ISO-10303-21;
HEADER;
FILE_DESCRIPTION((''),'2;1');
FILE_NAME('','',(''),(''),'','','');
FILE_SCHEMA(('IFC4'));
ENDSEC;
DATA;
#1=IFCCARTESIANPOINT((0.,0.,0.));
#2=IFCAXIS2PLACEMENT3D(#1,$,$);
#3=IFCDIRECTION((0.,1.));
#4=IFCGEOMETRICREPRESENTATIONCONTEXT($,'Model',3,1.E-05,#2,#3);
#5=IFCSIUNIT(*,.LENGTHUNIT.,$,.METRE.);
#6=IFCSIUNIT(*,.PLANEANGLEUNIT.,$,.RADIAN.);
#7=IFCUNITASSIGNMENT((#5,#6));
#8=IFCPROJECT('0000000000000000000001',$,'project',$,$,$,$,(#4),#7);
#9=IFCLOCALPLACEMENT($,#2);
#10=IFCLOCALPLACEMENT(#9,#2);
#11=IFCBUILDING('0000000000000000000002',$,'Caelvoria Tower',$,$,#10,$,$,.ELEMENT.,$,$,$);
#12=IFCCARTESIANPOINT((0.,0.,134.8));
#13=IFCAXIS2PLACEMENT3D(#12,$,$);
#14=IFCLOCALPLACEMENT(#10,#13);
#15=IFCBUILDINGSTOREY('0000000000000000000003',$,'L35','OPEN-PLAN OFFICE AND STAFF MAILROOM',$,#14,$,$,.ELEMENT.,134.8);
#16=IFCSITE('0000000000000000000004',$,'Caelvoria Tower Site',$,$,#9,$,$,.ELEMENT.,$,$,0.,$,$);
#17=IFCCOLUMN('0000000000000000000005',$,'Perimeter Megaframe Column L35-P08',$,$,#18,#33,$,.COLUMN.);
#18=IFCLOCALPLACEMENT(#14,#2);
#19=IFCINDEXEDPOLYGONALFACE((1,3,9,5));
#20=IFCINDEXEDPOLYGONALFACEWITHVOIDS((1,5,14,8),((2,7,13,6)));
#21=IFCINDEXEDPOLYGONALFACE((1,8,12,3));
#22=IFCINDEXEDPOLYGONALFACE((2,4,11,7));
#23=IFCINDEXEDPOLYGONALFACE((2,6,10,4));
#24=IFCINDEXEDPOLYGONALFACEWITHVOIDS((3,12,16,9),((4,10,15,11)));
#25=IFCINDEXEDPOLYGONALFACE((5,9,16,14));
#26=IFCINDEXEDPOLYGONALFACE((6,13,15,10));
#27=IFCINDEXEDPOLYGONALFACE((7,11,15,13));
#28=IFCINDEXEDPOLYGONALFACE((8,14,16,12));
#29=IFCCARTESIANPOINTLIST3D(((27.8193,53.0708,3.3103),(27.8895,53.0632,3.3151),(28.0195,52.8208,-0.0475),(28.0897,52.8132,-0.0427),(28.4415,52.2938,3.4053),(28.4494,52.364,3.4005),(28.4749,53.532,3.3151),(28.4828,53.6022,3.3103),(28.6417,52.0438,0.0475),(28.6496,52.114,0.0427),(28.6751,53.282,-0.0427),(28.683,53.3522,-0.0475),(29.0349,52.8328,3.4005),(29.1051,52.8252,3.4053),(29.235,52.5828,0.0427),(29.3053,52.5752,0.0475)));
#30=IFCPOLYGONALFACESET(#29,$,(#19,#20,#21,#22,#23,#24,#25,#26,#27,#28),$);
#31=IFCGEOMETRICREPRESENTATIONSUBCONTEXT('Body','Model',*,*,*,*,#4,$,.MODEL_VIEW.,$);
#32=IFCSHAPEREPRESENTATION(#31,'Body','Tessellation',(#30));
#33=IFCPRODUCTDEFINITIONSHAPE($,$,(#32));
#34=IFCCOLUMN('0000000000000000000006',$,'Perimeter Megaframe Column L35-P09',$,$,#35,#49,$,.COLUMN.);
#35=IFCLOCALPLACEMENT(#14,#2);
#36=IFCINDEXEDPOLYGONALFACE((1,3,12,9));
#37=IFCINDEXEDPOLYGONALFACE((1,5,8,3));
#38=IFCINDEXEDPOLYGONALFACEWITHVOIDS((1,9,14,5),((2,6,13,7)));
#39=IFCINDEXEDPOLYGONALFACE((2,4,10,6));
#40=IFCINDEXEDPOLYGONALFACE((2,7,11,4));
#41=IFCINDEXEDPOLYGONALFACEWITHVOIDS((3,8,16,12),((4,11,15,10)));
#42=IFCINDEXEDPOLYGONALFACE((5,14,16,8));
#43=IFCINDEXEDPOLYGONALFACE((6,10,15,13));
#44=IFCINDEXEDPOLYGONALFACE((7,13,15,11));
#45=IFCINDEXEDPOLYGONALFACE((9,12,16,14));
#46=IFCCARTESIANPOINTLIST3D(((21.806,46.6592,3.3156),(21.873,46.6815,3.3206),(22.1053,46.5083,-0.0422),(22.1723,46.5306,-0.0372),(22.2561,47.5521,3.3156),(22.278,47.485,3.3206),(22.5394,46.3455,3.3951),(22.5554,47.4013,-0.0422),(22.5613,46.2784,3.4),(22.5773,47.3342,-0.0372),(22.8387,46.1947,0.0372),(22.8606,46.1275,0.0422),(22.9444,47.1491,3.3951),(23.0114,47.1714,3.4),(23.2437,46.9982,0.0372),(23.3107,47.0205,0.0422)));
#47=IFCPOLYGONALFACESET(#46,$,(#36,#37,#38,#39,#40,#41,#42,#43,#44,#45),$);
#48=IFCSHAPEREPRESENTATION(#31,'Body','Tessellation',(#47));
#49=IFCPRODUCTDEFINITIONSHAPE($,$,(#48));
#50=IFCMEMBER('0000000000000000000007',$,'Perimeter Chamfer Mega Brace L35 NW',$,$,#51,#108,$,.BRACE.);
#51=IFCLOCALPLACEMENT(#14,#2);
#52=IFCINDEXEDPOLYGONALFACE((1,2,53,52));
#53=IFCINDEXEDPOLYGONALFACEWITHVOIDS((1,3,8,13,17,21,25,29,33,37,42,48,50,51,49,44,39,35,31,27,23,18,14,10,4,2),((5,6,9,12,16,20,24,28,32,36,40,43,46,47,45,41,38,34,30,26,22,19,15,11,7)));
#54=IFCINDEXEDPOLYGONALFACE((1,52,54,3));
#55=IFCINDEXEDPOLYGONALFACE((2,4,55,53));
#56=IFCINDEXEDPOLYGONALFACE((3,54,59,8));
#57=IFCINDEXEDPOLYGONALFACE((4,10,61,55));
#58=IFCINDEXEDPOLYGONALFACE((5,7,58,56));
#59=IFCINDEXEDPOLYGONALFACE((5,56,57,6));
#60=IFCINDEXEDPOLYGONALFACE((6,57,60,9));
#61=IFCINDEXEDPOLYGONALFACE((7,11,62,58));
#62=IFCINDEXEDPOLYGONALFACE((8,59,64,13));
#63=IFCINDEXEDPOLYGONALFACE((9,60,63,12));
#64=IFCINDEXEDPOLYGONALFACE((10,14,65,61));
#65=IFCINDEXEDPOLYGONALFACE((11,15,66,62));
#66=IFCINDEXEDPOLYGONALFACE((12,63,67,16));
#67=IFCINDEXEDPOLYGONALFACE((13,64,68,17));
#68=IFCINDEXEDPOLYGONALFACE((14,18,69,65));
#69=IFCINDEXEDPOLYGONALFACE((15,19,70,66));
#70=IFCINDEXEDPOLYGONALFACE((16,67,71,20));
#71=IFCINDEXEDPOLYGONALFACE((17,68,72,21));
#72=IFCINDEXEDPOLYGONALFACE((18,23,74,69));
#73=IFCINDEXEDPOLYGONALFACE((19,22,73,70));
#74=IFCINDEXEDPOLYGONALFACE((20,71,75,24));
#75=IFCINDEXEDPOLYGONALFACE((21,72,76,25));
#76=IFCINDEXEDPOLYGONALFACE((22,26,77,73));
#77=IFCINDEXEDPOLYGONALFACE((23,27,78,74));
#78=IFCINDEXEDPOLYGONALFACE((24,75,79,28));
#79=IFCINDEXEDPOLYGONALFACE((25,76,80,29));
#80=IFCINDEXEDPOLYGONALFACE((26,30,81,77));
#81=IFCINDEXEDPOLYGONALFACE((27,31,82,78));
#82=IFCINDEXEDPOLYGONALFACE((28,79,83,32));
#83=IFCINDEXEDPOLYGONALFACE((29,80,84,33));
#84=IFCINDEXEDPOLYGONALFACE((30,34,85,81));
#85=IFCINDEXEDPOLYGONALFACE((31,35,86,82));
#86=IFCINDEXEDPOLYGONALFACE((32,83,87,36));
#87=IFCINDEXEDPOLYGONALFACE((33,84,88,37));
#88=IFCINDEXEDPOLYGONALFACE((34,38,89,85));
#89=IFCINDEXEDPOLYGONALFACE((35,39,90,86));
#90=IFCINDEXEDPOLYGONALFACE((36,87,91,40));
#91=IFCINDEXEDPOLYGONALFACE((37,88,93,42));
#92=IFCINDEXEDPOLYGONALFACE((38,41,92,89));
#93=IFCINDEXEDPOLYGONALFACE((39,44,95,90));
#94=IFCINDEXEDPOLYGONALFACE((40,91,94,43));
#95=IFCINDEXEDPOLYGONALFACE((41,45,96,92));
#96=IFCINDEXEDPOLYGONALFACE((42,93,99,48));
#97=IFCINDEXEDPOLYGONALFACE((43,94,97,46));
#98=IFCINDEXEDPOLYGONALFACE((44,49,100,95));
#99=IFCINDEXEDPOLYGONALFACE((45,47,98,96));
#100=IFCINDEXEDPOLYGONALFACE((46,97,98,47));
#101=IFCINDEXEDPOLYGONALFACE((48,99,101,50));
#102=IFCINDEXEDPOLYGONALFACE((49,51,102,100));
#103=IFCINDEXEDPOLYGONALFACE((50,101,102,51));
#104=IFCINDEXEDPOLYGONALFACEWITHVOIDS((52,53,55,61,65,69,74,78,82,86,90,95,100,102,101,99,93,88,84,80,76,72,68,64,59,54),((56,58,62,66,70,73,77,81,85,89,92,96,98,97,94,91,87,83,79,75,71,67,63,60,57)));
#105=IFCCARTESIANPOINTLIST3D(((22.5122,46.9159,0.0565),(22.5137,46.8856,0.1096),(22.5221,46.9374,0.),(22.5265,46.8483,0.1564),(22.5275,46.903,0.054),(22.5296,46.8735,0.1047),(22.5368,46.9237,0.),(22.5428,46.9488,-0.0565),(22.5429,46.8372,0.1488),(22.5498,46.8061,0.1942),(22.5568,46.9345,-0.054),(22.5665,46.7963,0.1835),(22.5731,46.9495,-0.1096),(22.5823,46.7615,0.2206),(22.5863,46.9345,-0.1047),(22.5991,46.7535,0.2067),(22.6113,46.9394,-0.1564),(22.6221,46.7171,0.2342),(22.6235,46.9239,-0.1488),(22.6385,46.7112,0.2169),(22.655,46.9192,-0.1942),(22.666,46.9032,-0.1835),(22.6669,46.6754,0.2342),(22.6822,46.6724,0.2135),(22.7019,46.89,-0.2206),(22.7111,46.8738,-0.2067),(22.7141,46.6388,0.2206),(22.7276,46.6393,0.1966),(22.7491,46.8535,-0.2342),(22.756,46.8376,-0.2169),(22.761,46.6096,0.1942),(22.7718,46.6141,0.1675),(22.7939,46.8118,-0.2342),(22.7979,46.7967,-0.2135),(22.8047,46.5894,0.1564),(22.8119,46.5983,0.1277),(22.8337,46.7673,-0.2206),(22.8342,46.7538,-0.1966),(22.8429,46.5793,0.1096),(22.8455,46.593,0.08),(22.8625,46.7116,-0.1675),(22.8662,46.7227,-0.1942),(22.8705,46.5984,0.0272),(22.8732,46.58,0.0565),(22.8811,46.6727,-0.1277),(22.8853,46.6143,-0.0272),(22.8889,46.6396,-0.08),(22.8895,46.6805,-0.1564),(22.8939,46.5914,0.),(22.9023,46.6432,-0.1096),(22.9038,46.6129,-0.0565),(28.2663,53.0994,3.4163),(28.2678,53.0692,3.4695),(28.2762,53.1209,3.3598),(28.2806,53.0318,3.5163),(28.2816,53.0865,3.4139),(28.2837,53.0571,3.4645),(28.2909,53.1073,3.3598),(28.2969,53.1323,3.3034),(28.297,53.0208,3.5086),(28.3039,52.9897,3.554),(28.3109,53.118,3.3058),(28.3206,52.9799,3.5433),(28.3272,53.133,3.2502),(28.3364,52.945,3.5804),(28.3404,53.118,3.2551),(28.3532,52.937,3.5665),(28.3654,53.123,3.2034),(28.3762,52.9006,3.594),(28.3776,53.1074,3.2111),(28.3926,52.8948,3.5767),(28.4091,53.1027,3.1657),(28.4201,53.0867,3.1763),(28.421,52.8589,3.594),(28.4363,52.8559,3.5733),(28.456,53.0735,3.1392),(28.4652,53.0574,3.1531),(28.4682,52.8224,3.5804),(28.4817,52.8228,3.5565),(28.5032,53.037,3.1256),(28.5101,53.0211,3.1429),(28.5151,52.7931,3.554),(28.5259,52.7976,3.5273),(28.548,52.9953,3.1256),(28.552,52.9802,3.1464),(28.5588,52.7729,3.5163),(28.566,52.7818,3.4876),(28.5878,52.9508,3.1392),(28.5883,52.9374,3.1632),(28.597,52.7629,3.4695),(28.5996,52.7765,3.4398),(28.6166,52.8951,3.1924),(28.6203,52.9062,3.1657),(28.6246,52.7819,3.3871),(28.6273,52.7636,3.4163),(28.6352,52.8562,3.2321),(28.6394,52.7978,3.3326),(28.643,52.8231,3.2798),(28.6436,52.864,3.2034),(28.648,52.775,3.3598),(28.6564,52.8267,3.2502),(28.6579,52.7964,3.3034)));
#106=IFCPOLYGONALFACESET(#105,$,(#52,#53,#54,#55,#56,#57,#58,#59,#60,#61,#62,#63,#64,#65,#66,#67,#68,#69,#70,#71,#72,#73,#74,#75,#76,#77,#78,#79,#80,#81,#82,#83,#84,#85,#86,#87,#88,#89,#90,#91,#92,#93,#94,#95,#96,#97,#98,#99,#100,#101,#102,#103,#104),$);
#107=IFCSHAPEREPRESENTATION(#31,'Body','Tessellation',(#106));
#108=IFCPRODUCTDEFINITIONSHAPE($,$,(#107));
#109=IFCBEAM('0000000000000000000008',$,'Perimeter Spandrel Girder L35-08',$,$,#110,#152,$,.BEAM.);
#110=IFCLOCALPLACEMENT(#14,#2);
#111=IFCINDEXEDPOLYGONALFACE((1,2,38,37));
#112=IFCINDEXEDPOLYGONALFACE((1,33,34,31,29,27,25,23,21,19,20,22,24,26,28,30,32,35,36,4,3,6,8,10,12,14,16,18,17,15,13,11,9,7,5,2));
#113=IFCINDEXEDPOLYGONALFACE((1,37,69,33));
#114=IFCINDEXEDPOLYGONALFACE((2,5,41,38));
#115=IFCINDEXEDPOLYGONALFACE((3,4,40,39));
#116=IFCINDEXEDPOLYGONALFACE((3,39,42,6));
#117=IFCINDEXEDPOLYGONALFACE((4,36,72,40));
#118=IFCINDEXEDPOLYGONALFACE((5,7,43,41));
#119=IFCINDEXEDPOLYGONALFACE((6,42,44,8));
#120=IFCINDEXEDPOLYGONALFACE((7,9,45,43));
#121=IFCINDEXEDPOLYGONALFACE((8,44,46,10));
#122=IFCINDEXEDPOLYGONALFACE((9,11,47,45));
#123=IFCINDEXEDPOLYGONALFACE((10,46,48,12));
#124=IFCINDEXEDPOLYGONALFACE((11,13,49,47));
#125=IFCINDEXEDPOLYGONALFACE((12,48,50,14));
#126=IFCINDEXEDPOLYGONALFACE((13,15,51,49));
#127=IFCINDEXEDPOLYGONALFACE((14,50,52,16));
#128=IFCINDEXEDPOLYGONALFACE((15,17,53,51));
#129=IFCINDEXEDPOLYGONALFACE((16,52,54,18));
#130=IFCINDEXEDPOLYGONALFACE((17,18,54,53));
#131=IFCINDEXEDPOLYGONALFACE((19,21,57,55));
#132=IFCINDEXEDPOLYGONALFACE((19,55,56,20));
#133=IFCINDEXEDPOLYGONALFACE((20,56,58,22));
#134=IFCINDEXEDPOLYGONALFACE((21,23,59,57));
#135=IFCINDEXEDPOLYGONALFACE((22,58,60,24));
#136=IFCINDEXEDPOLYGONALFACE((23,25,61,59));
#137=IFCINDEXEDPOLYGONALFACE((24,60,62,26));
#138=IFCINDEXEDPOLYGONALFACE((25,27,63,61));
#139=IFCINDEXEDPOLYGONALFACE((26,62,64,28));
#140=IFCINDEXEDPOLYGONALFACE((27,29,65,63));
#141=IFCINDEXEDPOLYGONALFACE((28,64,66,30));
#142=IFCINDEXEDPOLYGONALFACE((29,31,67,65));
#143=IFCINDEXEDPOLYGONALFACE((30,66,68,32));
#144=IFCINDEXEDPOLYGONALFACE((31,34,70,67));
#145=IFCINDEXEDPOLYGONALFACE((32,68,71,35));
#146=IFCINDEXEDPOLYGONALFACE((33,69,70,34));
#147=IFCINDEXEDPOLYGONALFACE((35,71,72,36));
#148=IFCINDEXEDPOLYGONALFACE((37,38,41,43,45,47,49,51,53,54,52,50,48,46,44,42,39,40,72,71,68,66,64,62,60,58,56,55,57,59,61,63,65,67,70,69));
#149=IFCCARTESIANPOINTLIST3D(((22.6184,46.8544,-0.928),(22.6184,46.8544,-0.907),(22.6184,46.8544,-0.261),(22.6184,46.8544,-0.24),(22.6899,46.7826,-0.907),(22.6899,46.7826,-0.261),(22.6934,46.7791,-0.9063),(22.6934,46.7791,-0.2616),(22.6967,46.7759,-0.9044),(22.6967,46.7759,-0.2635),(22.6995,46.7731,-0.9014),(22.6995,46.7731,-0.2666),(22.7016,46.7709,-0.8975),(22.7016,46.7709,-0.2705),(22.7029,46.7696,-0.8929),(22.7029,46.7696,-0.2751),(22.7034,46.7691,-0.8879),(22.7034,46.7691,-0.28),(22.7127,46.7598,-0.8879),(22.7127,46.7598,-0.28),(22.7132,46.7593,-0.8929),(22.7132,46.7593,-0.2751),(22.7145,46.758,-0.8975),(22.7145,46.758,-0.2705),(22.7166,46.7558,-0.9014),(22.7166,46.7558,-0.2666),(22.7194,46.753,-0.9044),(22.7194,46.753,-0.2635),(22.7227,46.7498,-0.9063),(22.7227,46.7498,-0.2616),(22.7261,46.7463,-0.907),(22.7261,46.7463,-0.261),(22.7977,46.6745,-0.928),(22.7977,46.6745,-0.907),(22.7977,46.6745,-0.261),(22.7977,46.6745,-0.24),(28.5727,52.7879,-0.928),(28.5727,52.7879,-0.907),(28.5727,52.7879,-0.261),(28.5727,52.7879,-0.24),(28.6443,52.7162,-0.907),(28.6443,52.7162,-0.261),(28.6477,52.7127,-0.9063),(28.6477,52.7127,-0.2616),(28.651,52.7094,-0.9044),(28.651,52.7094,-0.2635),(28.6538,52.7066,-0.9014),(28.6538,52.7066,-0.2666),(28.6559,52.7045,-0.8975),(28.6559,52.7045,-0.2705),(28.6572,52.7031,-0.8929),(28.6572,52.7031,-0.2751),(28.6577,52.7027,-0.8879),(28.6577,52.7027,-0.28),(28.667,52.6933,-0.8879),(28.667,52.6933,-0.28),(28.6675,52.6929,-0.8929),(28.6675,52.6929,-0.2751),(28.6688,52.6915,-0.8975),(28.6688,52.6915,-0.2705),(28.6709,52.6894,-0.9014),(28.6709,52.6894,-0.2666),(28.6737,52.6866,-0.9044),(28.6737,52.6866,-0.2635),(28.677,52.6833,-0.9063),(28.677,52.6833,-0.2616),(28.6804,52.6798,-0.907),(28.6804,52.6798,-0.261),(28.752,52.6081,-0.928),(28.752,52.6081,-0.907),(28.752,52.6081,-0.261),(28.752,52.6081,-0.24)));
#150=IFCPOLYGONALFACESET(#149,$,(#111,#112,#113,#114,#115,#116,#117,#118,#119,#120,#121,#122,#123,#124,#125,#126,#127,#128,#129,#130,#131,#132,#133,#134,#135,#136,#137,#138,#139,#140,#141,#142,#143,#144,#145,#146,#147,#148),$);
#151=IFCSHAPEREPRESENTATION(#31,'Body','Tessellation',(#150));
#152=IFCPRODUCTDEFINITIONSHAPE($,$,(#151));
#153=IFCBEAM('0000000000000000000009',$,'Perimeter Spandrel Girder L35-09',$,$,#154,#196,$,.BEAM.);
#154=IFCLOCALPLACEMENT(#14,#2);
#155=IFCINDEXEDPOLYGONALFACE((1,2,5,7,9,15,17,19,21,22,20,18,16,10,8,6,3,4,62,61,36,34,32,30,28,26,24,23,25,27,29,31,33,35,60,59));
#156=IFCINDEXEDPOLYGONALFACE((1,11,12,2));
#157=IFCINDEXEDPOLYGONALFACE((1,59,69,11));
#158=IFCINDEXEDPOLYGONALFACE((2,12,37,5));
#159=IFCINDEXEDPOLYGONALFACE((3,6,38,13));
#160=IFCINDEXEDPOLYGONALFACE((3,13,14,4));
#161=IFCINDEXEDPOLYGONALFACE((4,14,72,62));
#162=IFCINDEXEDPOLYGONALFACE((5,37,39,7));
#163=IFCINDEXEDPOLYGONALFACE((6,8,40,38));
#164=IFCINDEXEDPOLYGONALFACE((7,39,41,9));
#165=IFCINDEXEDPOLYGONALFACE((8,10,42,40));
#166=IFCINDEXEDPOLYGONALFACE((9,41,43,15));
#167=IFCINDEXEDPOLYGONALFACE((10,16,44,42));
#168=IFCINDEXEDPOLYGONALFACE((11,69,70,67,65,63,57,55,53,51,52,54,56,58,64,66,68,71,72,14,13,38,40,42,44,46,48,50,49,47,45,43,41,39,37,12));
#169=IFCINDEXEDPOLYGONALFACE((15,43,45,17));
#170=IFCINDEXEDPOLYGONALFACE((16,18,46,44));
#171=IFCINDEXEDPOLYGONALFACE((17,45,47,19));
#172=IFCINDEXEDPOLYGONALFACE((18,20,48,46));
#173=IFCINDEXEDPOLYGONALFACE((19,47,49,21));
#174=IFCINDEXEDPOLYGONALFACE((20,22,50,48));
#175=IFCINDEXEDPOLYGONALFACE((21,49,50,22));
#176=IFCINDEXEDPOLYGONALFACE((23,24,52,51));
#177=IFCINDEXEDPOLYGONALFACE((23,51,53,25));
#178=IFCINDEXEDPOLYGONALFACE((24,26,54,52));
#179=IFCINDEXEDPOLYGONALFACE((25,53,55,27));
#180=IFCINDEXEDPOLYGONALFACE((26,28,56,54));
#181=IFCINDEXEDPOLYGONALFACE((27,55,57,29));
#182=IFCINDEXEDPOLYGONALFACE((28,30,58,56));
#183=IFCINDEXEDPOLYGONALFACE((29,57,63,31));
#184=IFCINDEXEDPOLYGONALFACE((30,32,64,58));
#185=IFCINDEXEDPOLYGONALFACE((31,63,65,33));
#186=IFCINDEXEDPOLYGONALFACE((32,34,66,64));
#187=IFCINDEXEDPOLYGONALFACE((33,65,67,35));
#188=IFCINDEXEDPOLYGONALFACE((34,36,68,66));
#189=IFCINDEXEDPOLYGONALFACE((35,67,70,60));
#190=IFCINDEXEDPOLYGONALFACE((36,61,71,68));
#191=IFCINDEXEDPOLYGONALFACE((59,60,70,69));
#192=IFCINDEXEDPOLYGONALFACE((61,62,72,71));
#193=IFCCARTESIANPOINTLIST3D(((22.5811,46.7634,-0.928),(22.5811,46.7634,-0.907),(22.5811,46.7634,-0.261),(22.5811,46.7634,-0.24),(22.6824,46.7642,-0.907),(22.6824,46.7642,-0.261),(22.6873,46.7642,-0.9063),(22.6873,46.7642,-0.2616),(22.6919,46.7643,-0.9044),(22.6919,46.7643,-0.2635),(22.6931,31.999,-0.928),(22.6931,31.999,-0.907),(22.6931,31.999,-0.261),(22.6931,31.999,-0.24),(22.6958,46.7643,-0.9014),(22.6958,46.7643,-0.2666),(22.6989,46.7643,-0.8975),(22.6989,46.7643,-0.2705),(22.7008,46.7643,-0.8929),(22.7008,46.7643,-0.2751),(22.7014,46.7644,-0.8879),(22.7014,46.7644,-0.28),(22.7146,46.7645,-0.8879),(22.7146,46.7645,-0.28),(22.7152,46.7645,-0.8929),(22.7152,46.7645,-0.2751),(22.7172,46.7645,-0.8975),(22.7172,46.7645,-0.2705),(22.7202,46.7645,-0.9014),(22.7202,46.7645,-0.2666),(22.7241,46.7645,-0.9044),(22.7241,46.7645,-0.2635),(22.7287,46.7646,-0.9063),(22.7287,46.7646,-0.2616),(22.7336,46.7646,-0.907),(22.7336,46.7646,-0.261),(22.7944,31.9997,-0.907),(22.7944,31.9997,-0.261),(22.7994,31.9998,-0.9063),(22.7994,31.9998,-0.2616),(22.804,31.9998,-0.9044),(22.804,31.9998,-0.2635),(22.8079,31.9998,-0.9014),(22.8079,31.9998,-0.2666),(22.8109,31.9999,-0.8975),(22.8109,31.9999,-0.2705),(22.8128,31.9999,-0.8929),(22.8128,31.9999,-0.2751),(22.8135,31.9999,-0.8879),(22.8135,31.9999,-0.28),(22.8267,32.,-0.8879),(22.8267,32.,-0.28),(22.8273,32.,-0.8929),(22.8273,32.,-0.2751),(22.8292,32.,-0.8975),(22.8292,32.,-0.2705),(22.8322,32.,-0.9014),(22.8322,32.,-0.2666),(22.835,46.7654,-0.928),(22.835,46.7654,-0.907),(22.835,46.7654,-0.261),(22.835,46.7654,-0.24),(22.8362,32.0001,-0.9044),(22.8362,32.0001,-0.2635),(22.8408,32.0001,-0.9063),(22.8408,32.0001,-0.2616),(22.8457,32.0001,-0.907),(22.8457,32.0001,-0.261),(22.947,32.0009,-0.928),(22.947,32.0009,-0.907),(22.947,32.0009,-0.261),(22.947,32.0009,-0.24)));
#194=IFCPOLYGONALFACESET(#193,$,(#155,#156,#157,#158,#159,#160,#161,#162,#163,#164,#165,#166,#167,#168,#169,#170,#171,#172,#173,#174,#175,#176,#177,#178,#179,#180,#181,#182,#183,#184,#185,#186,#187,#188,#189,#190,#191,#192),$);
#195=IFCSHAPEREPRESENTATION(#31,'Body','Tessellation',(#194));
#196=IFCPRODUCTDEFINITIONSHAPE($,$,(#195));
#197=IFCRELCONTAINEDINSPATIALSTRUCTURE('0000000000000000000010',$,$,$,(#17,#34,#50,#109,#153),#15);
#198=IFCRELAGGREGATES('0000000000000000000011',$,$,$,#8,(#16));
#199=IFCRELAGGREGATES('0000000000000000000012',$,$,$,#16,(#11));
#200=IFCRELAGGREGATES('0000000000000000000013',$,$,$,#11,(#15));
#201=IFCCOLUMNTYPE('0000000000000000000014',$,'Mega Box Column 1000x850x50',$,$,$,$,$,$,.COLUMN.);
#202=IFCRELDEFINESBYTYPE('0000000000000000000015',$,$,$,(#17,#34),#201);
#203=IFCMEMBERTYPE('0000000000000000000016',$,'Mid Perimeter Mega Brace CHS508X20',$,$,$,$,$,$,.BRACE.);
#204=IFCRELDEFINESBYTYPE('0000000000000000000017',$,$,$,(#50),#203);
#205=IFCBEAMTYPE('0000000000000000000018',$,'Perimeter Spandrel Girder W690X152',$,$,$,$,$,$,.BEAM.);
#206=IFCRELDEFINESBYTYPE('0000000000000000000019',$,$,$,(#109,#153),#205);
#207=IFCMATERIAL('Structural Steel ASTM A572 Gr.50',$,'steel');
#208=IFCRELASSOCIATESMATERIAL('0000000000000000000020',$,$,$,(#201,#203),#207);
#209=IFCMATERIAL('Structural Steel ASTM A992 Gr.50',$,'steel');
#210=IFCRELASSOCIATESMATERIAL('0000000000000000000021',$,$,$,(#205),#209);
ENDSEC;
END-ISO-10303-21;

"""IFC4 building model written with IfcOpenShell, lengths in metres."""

from ifc_helpers import new_model, si_unit, direction, frame, origin, origin_2d, place, context, subcontext, project, spatial, hollow_rectangle, hollow_circle, i_section, extrude, material, material_profile, profile_set, type_object, element, save


model = new_model("IFC4")

# Units and contexts
model_context = context("Model", 3, precision=1e-05, world=origin(), true_north=direction((0.0, 1.0)))
body_context = subcontext(model_context, "Body", "Model", "MODEL_VIEW")
ifc_project = project(units=[si_unit("LENGTHUNIT", "METRE"), si_unit("PLANEANGLEUNIT", "RADIAN")], contexts=[model_context])

# Site, building, storey
site_placement = place(None, origin())
site = spatial("IfcSite", under=ifc_project, at=site_placement, Name="Caelvoria Tower Site", CompositionType="ELEMENT", RefElevation=0.0)
building_placement = place(site_placement, origin())
building = spatial("IfcBuilding", under=site, at=building_placement, Name="Caelvoria Tower", CompositionType="ELEMENT")
storey_placement = place(building_placement, frame((0.0, 0.0, 134.8)))
storey = spatial("IfcBuildingStorey", under=building, at=storey_placement, Name="L35", Description="OPEN-PLAN OFFICE AND STAFF MAILROOM", CompositionType="ELEMENT", Elevation=134.8)

# Columns
ifc_material_1 = material(Name="Structural Steel ASTM A572 Gr.50", Category="steel")
ifc_material_profile_1 = material_profile(ifc_material_1, hollow_rectangle(XDim=0.8501, YDim=1.0, WallThickness=0.05, at=origin_2d()), Name="Structural Steel ASTM A572 Gr.50")
ifc_profile_set_1 = profile_set([ifc_material_profile_1], Name="BOX1000X850X50 - Structural Steel ASTM A572 Gr.50")
column_type = type_object("IfcColumnType", Name="Mega Box Column 1000x850x50", PredefinedType="COLUMN", material=ifc_profile_set_1)
column_1_placement = place(storey_placement, frame((28.6624, 52.698, 0.0), z_axis=(-0.05935, 0.074115, 0.995482), x_axis=(-0.780571, -0.625067, 0.0)))
element("IfcColumn", 1, at=column_1_placement, inside=storey, type_object=column_type, Name="Perimeter Megaframe Column L35-P08", PredefinedType="COLUMN", context=body_context, shape_type="SweptSolid", body=[
    extrude(hollow_rectangle(XDim=0.8501, YDim=1.0, WallThickness=0.05, at=origin_2d()), origin(), (0.0, 0.0, 1.0), 3.373),
])
column_2_placement = place(storey_placement, frame((22.708, 46.7644, 0.0), z_axis=(-0.088697, 0.04471, 0.995055), x_axis=(0.88855, -0.447899, 0.099328)))
element("IfcColumn", 2, at=column_2_placement, inside=storey, type_object=column_type, Name="Perimeter Megaframe Column L35-P09", PredefinedType="COLUMN", context=body_context, shape_type="SweptSolid", body=[
    extrude(hollow_rectangle(XDim=0.8501, YDim=1.0, WallThickness=0.05, at=origin_2d()), origin(), (0.0, 0.0, 1.0), 3.3745),
])

# Member
ifc_material_profile_2 = material_profile(ifc_material_1, hollow_circle(Radius=0.2539, WallThickness=0.02, at=origin_2d()), Name="Structural Steel ASTM A572 Gr.50")
ifc_profile_set_2 = profile_set([ifc_material_profile_2], Name="CHS508X20 - Structural Steel ASTM A572 Gr.50")
member_type = type_object("IfcMemberType", Name="Mid Perimeter Mega Brace CHS508X20", PredefinedType="BRACE", material=ifc_profile_set_2)
member_placement = place(storey_placement, frame((22.708, 46.7644, 0.0), z_axis=(0.632991, 0.680232, 0.369605), x_axis=(-0.73207, 0.681229, 0.0)))
element("IfcMember", 3, at=member_placement, inside=storey, type_object=member_type, Name="Perimeter Chamfer Mega Brace L35 NW", PredefinedType="BRACE", context=body_context, shape_type="SweptSolid", body=[
    extrude(hollow_circle(Radius=0.2539, WallThickness=0.02, at=origin_2d()), origin(), (0.0, 0.0, 1.0), 9.0903),
])

# Beams
ifc_material_2 = material(Name="Structural Steel ASTM A992 Gr.50", Category="steel")
ifc_material_profile_3 = material_profile(ifc_material_2, i_section(OverallWidth=0.2539, OverallDepth=0.688, WebThickness=0.0132, FlangeThickness=0.021, FilletRadius=0.019, at=origin_2d()), Name="Structural Steel ASTM A992 Gr.50")
ifc_profile_set_3 = profile_set([ifc_material_profile_3], Name="W690X152 - Structural Steel ASTM A992 Gr.50")
beam_type = type_object("IfcBeamType", Name="Perimeter Spandrel Girder W690X152", PredefinedType="BEAM", material=ifc_profile_set_3)
beam_1_placement = place(storey_placement, frame((28.6624, 52.698, -0.584), z_axis=(-0.70834, -0.705871, 0.0), x_axis=(0.705871, -0.70834, 0.0)))
element("IfcBeam", 4, at=beam_1_placement, inside=storey, type_object=beam_type, Name="Perimeter Spandrel Girder L35-08", PredefinedType="BEAM", context=body_context, shape_type="SweptSolid", body=[
    extrude(i_section(OverallWidth=0.2539, OverallDepth=0.688, WebThickness=0.0132, FlangeThickness=0.021, FilletRadius=0.019, at=origin_2d()), origin(), (0.0, 0.0, 1.0), 8.406),
])
beam_2_placement = place(storey_placement, frame((22.708, 46.7644, -0.584), z_axis=(0.00759, -0.999971, 0.0), x_axis=(0.999971, 0.00759, 0.0)))
element("IfcBeam", 5, at=beam_2_placement, inside=storey, type_object=beam_type, Name="Perimeter Spandrel Girder L35-09", PredefinedType="BEAM", context=body_context, shape_type="SweptSolid", body=[
    extrude(i_section(OverallWidth=0.2539, OverallDepth=0.688, WebThickness=0.0132, FlangeThickness=0.021, FilletRadius=0.019, at=origin_2d()), origin(), (0.0, 0.0, 1.0), 14.7649),
])

save(model, "model.ifc")
